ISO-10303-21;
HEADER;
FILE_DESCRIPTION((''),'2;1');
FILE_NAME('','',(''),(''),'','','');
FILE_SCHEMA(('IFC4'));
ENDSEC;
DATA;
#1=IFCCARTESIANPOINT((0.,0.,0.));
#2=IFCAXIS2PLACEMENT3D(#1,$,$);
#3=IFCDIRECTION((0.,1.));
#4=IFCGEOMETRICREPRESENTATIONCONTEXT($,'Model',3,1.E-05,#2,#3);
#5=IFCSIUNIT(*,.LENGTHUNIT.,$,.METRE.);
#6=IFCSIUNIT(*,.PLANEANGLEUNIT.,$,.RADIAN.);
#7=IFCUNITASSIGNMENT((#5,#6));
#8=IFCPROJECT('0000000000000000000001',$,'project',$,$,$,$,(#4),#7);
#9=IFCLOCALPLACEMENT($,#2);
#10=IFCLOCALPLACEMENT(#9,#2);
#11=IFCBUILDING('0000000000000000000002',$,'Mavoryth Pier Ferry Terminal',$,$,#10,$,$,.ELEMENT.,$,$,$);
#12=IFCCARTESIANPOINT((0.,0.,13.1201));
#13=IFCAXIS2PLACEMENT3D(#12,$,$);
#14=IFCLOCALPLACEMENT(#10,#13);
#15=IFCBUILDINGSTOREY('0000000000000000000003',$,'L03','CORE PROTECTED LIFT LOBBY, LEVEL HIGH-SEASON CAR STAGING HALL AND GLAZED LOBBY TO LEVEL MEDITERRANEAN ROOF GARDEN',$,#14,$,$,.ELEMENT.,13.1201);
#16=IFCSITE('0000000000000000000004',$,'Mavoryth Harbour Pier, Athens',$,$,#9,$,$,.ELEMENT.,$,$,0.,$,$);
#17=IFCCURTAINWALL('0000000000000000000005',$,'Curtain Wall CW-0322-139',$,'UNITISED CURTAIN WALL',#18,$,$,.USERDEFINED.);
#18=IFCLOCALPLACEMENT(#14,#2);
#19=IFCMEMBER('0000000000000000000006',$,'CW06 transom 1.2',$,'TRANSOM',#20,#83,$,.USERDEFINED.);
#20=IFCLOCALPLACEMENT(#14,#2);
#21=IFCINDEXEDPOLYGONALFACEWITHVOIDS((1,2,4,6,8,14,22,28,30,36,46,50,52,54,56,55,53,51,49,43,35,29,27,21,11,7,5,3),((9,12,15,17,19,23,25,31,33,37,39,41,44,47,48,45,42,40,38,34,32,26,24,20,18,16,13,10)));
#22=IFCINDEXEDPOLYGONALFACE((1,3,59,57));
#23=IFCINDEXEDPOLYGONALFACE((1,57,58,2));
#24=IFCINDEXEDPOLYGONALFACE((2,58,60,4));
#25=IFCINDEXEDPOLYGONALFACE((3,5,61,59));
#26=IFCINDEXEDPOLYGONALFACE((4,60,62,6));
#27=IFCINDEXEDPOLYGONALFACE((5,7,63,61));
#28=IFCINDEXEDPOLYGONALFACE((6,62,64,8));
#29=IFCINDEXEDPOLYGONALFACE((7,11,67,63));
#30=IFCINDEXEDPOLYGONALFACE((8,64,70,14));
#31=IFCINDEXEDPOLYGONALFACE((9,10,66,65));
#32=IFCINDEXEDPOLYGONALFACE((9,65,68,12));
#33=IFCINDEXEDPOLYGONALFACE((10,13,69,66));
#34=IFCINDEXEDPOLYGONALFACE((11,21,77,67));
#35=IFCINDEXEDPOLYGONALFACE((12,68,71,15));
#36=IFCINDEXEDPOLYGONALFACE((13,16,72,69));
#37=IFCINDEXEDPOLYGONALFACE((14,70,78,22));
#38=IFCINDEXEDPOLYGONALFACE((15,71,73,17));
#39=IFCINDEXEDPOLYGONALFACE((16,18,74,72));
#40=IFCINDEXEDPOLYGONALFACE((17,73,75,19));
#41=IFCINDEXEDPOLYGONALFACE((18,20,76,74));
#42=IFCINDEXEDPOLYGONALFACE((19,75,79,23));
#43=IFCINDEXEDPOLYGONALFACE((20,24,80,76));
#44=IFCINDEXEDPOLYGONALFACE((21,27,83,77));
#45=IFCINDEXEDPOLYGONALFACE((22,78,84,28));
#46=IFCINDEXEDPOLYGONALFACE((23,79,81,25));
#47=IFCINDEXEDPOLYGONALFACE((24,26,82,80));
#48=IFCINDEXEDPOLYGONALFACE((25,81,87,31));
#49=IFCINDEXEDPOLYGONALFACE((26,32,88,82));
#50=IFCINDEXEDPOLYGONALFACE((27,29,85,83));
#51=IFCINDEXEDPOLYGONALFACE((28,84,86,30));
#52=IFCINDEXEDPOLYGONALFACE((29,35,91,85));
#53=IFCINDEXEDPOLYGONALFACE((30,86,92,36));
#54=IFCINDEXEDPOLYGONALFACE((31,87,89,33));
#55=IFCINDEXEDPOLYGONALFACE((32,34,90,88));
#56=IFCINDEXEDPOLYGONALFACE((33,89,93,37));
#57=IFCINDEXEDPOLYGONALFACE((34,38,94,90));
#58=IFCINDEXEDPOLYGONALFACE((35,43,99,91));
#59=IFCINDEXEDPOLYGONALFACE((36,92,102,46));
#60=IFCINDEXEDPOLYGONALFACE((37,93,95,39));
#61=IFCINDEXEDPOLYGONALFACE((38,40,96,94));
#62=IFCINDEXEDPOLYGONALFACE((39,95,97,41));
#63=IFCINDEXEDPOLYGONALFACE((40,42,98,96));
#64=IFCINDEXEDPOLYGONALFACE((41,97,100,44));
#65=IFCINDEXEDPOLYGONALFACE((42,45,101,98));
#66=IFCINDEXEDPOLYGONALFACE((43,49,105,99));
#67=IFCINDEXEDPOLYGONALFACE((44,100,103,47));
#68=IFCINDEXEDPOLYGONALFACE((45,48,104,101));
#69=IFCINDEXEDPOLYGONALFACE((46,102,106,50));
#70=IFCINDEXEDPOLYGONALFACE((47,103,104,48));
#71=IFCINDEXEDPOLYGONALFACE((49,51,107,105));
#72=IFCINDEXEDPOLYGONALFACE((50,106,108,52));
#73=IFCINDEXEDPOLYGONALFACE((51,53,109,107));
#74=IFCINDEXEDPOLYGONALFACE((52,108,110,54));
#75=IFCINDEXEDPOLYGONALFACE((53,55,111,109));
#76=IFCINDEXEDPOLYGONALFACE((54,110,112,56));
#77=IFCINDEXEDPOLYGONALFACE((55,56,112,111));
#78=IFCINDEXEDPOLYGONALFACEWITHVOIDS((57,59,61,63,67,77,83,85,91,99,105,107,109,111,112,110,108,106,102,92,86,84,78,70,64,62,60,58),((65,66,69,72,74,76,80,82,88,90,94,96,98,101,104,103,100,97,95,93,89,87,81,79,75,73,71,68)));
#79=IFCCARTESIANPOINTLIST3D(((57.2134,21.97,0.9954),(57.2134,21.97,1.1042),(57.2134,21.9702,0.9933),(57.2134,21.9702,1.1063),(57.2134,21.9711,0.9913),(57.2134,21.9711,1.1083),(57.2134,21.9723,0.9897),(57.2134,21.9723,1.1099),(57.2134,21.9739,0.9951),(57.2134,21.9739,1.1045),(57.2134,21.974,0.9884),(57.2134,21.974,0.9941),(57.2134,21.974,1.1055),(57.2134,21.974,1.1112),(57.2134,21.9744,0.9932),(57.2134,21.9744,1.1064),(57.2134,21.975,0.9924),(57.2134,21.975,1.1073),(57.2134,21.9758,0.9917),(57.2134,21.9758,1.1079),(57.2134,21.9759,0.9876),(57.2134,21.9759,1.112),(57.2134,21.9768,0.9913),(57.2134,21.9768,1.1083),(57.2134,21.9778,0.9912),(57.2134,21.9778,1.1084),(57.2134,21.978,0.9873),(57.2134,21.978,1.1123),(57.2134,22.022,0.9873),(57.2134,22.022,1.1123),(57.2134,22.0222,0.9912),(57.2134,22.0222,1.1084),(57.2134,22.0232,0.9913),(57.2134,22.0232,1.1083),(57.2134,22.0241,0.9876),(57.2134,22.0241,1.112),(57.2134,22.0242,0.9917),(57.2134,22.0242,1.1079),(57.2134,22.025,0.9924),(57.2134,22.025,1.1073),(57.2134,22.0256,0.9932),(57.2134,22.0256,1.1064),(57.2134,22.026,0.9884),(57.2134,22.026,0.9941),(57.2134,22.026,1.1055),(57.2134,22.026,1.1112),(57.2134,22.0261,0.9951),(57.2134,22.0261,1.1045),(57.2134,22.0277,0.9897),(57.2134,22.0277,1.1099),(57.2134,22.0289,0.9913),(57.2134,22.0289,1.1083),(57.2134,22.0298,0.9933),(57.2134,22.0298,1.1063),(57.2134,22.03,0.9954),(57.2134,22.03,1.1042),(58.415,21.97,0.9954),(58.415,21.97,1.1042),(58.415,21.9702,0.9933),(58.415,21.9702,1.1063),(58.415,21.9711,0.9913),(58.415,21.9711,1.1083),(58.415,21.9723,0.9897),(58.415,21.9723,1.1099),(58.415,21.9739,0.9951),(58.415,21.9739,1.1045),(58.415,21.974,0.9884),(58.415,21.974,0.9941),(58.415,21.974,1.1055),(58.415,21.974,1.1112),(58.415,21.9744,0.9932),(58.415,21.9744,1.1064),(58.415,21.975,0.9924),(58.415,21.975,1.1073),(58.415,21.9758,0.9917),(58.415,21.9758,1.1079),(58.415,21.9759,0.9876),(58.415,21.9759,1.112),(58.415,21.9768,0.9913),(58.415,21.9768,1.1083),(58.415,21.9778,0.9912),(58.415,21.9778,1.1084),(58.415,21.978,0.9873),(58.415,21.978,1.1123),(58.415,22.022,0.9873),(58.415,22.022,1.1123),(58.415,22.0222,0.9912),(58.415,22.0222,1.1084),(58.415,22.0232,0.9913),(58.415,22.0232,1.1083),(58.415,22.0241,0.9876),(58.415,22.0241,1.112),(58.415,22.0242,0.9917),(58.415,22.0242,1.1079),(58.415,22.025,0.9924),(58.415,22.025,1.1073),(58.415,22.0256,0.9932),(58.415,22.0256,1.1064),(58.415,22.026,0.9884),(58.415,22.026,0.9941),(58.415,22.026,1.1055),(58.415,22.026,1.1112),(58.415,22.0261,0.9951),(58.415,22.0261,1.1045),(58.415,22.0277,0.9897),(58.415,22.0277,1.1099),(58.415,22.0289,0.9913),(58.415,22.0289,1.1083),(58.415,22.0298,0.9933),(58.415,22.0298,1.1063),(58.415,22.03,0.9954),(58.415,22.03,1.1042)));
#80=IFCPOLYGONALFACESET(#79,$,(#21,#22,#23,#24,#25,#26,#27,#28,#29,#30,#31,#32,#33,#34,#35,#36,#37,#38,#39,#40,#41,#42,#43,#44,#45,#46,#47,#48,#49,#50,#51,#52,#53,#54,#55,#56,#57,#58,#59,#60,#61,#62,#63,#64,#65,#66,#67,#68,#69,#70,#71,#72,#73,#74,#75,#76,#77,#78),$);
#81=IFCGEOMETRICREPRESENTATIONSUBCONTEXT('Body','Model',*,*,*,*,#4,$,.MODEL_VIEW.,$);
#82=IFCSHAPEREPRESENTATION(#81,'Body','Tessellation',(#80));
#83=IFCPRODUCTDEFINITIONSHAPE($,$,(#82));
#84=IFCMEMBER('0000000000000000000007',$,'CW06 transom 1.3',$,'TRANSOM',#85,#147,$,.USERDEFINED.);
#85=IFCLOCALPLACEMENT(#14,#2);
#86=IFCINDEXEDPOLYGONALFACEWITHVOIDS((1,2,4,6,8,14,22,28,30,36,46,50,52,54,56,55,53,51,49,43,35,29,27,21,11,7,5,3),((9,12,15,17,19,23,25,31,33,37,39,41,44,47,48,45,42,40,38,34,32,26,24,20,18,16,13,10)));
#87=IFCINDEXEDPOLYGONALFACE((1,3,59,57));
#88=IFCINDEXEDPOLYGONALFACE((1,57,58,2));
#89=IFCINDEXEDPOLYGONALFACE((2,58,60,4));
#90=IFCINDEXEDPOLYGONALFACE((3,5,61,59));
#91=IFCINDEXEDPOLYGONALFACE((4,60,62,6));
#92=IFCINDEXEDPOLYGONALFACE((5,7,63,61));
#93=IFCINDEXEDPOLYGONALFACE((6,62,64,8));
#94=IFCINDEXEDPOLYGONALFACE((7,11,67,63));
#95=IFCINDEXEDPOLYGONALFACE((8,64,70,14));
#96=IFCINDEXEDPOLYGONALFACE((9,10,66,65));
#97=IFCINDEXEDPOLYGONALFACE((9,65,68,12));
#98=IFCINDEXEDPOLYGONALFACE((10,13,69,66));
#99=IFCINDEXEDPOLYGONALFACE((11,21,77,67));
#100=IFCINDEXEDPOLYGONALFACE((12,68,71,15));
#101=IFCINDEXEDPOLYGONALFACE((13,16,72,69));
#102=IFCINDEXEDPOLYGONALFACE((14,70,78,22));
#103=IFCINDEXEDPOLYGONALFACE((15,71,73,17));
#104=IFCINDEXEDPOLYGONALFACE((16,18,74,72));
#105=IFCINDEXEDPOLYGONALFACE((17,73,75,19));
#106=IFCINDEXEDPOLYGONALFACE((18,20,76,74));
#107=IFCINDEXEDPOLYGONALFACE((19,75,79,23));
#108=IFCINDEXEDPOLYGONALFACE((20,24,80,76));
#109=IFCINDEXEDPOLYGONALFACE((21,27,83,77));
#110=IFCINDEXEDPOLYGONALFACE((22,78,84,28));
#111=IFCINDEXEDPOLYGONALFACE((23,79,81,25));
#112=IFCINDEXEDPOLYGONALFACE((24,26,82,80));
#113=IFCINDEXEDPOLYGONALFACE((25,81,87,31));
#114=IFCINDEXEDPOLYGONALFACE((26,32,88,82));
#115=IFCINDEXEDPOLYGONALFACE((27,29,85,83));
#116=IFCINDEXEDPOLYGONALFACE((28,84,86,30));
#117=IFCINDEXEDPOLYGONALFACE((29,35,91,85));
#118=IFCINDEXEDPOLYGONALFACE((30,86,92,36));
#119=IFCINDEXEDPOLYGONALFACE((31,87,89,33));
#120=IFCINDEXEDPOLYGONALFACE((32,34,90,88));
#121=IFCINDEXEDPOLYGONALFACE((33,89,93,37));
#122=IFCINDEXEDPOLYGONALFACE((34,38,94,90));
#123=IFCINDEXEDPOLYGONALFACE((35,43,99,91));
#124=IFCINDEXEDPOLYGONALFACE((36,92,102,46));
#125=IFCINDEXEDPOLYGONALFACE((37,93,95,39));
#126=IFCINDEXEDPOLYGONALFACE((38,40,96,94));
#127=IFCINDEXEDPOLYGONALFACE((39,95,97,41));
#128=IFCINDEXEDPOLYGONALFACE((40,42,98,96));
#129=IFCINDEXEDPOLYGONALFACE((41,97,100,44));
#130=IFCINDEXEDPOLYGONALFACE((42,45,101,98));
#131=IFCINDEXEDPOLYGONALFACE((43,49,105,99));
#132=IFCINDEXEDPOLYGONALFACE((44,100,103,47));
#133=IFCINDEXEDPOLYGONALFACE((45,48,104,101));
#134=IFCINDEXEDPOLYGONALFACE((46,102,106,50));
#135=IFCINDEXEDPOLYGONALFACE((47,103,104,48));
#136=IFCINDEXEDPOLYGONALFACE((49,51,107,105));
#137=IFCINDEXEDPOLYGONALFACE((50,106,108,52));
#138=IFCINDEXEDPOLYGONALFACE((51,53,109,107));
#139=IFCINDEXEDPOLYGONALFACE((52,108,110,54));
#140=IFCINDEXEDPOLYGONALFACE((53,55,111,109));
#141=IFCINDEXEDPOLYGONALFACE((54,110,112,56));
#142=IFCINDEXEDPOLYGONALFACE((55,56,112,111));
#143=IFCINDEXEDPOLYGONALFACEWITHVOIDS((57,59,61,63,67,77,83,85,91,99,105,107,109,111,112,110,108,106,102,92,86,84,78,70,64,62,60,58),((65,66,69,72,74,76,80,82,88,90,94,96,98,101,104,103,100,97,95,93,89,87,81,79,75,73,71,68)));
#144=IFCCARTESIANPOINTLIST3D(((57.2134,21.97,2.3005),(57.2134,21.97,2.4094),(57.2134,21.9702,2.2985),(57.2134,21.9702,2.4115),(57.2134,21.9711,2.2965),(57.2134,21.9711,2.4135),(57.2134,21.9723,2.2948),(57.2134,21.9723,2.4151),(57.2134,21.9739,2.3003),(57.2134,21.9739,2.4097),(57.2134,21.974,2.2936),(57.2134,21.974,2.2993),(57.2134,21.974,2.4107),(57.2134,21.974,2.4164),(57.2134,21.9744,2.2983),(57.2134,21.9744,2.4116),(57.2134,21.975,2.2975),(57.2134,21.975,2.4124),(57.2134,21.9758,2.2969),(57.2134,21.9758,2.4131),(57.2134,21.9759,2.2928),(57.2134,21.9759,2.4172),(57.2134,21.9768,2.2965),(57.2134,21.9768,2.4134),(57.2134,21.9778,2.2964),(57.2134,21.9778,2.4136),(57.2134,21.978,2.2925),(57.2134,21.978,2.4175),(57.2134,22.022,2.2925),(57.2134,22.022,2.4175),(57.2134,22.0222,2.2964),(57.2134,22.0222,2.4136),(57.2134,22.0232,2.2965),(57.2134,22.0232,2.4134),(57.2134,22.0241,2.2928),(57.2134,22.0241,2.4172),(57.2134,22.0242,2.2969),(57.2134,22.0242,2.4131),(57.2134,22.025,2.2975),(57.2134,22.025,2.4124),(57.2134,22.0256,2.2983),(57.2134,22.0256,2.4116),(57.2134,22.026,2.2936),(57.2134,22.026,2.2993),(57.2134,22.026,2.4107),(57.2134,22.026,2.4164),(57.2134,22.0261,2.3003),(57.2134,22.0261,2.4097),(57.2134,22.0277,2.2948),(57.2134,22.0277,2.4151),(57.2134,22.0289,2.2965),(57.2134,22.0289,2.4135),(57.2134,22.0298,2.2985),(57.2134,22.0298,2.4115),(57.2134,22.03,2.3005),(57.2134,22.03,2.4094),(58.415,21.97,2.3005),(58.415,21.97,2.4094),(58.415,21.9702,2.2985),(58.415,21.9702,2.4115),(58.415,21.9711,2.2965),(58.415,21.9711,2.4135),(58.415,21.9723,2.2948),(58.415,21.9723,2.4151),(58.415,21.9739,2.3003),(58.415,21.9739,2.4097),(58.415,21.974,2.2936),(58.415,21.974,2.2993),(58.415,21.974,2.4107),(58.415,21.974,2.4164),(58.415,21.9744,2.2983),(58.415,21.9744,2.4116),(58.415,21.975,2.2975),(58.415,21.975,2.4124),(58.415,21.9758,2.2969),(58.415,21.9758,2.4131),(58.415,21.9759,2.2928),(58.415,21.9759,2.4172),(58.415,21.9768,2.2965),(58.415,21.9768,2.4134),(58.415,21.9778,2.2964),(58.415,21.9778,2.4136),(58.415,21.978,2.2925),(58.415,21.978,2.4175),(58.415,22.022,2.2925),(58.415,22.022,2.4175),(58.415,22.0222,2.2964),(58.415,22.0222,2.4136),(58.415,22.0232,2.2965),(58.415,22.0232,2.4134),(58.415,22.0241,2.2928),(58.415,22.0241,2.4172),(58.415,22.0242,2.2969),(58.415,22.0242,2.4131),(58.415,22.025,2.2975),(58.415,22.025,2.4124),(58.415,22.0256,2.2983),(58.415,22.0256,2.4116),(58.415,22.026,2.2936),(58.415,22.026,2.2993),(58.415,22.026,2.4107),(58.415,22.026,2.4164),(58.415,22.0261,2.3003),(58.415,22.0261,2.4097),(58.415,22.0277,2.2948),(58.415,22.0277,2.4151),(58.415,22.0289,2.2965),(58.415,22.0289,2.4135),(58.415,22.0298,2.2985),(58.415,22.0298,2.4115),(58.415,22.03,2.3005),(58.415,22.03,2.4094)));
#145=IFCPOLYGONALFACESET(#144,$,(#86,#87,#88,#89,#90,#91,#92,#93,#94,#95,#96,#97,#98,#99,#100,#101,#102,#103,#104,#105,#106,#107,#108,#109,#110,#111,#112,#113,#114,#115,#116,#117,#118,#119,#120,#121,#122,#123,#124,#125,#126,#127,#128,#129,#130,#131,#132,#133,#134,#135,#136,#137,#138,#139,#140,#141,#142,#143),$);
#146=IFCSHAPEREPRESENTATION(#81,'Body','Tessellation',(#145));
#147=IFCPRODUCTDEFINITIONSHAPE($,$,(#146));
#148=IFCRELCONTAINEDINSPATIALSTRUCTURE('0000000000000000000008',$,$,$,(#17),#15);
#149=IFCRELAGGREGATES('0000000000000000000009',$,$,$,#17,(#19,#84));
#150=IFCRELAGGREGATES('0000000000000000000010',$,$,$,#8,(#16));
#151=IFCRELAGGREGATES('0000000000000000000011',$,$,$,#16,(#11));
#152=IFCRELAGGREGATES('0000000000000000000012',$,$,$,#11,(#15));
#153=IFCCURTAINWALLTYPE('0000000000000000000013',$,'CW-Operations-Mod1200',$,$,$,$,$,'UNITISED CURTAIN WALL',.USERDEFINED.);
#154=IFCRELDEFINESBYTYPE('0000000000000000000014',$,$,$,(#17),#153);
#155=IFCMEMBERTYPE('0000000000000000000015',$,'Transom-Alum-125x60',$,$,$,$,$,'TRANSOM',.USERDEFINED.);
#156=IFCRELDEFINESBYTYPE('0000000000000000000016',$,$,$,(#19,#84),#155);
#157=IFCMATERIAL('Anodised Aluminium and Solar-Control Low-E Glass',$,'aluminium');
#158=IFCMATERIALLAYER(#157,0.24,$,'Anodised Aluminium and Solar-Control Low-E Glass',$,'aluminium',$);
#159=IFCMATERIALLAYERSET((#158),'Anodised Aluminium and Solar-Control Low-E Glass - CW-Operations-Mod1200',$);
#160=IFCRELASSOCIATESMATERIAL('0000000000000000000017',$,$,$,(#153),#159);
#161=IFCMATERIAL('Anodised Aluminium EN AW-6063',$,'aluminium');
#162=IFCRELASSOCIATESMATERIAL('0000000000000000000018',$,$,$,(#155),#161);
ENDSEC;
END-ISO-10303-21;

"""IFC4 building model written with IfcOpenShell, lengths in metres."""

from ifc_helpers import new_model, si_unit, direction, frame, origin, origin_2d, place, context, subcontext, project, spatial, hollow_rectangle, extrude, material, layer, layer_set, material_profile, profile_set, type_object, element, aggregate, save


model = new_model("IFC4")

# Units and contexts
model_context = context("Model", 3, precision=1e-05, world=origin(), true_north=direction((0.0, 1.0)))
body_context = subcontext(model_context, "Body", "Model", "MODEL_VIEW")
ifc_project = project(units=[si_unit("LENGTHUNIT", "METRE"), si_unit("PLANEANGLEUNIT", "RADIAN")], contexts=[model_context])

# Site, building, storey
site_placement = place(None, origin())
site = spatial("IfcSite", under=ifc_project, at=site_placement, Name="Mavoryth Harbour Pier, Athens", CompositionType="ELEMENT", RefElevation=0.0)
building_placement = place(site_placement, origin())
building = spatial("IfcBuilding", under=site, at=building_placement, Name="Mavoryth Pier Ferry Terminal", CompositionType="ELEMENT")
storey_placement = place(building_placement, frame((0.0, 0.0, 13.1201)))
storey = spatial("IfcBuildingStorey", under=building, at=storey_placement, Name="L03", Description="CORE PROTECTED LIFT LOBBY, LEVEL HIGH-SEASON CAR STAGING HALL AND GLAZED LOBBY TO LEVEL MEDITERRANEAN ROOF GARDEN", CompositionType="ELEMENT", Elevation=13.1201)

# Curtain wall
ifc_material_1 = material(Name="Anodised Aluminium and Solar-Control Low-E Glass", Category="aluminium")
ifc_layer_1 = layer(ifc_material_1, 0.24, Name="Anodised Aluminium and Solar-Control Low-E Glass", Category="aluminium")
ifc_layer_set_1 = layer_set([ifc_layer_1], Name="Anodised Aluminium and Solar-Control Low-E Glass - CW-Operations-Mod1200")
curtain_wall_type = type_object("IfcCurtainWallType", Name="CW-Operations-Mod1200", ElementType="UNITISED CURTAIN WALL", PredefinedType="USERDEFINED", material=ifc_layer_set_1)
curtain_wall_1_placement = place(storey_placement, origin())
curtain_wall_1 = element("IfcCurtainWall", 1, at=curtain_wall_1_placement, inside=storey, type_object=curtain_wall_type, Name="Curtain Wall CW-0322-139", ObjectType="UNITISED CURTAIN WALL", PredefinedType="USERDEFINED")
ifc_material_2 = material(Name="Anodised Aluminium EN AW-6063", Category="aluminium")

# Members
ifc_material_profile_1 = material_profile(ifc_material_2, hollow_rectangle(XDim=0.0601, YDim=0.125, WallThickness=0.0039, InnerFilletRadius=0.0039, OuterFilletRadius=0.0081, at=origin_2d()), Name="AL-TRAN 125x60x4", Category="aluminium")
ifc_profile_set_1 = profile_set([ifc_material_profile_1], Name="Anodised Aluminium EN AW-6063 - AL-TRAN 125x60x4")
member_type_1 = type_object("IfcMemberType", Name="Transom-Alum-125x60", ElementType="TRANSOM", PredefinedType="USERDEFINED", material=ifc_profile_set_1)
member_1_placement = place(storey_placement, frame((58.415, 22.0, 1.0498), z_axis=(-1.0, 0.0, 0.0), x_axis=(0.0, -1.0, 0.0)))
member_1 = element("IfcMember", 2, at=member_1_placement, type_object=member_type_1, Name="CW06 transom 1.2", ObjectType="TRANSOM", PredefinedType="USERDEFINED", context=body_context, shape_type="SweptSolid", body=[
    extrude(hollow_rectangle(XDim=0.0601, YDim=0.125, WallThickness=0.0039, InnerFilletRadius=0.0039, OuterFilletRadius=0.0081, at=origin_2d()), origin(), (0.0, 0.0, 1.0), 1.2017),
])
member_2_placement = place(storey_placement, frame((58.415, 22.0, 2.355), z_axis=(-1.0, 0.0, 0.0), x_axis=(0.0, -1.0, 0.0)))
member_2 = element("IfcMember", 3, at=member_2_placement, type_object=member_type_1, Name="CW06 transom 1.3", ObjectType="TRANSOM", PredefinedType="USERDEFINED", context=body_context, shape_type="SweptSolid", body=[
    extrude(hollow_rectangle(XDim=0.0601, YDim=0.125, WallThickness=0.0039, InnerFilletRadius=0.0039, OuterFilletRadius=0.0081, at=origin_2d()), origin(), (0.0, 0.0, 1.0), 1.2017),
])
aggregate(curtain_wall_1, [member_1, member_2])

save(model, "model.ifc")
